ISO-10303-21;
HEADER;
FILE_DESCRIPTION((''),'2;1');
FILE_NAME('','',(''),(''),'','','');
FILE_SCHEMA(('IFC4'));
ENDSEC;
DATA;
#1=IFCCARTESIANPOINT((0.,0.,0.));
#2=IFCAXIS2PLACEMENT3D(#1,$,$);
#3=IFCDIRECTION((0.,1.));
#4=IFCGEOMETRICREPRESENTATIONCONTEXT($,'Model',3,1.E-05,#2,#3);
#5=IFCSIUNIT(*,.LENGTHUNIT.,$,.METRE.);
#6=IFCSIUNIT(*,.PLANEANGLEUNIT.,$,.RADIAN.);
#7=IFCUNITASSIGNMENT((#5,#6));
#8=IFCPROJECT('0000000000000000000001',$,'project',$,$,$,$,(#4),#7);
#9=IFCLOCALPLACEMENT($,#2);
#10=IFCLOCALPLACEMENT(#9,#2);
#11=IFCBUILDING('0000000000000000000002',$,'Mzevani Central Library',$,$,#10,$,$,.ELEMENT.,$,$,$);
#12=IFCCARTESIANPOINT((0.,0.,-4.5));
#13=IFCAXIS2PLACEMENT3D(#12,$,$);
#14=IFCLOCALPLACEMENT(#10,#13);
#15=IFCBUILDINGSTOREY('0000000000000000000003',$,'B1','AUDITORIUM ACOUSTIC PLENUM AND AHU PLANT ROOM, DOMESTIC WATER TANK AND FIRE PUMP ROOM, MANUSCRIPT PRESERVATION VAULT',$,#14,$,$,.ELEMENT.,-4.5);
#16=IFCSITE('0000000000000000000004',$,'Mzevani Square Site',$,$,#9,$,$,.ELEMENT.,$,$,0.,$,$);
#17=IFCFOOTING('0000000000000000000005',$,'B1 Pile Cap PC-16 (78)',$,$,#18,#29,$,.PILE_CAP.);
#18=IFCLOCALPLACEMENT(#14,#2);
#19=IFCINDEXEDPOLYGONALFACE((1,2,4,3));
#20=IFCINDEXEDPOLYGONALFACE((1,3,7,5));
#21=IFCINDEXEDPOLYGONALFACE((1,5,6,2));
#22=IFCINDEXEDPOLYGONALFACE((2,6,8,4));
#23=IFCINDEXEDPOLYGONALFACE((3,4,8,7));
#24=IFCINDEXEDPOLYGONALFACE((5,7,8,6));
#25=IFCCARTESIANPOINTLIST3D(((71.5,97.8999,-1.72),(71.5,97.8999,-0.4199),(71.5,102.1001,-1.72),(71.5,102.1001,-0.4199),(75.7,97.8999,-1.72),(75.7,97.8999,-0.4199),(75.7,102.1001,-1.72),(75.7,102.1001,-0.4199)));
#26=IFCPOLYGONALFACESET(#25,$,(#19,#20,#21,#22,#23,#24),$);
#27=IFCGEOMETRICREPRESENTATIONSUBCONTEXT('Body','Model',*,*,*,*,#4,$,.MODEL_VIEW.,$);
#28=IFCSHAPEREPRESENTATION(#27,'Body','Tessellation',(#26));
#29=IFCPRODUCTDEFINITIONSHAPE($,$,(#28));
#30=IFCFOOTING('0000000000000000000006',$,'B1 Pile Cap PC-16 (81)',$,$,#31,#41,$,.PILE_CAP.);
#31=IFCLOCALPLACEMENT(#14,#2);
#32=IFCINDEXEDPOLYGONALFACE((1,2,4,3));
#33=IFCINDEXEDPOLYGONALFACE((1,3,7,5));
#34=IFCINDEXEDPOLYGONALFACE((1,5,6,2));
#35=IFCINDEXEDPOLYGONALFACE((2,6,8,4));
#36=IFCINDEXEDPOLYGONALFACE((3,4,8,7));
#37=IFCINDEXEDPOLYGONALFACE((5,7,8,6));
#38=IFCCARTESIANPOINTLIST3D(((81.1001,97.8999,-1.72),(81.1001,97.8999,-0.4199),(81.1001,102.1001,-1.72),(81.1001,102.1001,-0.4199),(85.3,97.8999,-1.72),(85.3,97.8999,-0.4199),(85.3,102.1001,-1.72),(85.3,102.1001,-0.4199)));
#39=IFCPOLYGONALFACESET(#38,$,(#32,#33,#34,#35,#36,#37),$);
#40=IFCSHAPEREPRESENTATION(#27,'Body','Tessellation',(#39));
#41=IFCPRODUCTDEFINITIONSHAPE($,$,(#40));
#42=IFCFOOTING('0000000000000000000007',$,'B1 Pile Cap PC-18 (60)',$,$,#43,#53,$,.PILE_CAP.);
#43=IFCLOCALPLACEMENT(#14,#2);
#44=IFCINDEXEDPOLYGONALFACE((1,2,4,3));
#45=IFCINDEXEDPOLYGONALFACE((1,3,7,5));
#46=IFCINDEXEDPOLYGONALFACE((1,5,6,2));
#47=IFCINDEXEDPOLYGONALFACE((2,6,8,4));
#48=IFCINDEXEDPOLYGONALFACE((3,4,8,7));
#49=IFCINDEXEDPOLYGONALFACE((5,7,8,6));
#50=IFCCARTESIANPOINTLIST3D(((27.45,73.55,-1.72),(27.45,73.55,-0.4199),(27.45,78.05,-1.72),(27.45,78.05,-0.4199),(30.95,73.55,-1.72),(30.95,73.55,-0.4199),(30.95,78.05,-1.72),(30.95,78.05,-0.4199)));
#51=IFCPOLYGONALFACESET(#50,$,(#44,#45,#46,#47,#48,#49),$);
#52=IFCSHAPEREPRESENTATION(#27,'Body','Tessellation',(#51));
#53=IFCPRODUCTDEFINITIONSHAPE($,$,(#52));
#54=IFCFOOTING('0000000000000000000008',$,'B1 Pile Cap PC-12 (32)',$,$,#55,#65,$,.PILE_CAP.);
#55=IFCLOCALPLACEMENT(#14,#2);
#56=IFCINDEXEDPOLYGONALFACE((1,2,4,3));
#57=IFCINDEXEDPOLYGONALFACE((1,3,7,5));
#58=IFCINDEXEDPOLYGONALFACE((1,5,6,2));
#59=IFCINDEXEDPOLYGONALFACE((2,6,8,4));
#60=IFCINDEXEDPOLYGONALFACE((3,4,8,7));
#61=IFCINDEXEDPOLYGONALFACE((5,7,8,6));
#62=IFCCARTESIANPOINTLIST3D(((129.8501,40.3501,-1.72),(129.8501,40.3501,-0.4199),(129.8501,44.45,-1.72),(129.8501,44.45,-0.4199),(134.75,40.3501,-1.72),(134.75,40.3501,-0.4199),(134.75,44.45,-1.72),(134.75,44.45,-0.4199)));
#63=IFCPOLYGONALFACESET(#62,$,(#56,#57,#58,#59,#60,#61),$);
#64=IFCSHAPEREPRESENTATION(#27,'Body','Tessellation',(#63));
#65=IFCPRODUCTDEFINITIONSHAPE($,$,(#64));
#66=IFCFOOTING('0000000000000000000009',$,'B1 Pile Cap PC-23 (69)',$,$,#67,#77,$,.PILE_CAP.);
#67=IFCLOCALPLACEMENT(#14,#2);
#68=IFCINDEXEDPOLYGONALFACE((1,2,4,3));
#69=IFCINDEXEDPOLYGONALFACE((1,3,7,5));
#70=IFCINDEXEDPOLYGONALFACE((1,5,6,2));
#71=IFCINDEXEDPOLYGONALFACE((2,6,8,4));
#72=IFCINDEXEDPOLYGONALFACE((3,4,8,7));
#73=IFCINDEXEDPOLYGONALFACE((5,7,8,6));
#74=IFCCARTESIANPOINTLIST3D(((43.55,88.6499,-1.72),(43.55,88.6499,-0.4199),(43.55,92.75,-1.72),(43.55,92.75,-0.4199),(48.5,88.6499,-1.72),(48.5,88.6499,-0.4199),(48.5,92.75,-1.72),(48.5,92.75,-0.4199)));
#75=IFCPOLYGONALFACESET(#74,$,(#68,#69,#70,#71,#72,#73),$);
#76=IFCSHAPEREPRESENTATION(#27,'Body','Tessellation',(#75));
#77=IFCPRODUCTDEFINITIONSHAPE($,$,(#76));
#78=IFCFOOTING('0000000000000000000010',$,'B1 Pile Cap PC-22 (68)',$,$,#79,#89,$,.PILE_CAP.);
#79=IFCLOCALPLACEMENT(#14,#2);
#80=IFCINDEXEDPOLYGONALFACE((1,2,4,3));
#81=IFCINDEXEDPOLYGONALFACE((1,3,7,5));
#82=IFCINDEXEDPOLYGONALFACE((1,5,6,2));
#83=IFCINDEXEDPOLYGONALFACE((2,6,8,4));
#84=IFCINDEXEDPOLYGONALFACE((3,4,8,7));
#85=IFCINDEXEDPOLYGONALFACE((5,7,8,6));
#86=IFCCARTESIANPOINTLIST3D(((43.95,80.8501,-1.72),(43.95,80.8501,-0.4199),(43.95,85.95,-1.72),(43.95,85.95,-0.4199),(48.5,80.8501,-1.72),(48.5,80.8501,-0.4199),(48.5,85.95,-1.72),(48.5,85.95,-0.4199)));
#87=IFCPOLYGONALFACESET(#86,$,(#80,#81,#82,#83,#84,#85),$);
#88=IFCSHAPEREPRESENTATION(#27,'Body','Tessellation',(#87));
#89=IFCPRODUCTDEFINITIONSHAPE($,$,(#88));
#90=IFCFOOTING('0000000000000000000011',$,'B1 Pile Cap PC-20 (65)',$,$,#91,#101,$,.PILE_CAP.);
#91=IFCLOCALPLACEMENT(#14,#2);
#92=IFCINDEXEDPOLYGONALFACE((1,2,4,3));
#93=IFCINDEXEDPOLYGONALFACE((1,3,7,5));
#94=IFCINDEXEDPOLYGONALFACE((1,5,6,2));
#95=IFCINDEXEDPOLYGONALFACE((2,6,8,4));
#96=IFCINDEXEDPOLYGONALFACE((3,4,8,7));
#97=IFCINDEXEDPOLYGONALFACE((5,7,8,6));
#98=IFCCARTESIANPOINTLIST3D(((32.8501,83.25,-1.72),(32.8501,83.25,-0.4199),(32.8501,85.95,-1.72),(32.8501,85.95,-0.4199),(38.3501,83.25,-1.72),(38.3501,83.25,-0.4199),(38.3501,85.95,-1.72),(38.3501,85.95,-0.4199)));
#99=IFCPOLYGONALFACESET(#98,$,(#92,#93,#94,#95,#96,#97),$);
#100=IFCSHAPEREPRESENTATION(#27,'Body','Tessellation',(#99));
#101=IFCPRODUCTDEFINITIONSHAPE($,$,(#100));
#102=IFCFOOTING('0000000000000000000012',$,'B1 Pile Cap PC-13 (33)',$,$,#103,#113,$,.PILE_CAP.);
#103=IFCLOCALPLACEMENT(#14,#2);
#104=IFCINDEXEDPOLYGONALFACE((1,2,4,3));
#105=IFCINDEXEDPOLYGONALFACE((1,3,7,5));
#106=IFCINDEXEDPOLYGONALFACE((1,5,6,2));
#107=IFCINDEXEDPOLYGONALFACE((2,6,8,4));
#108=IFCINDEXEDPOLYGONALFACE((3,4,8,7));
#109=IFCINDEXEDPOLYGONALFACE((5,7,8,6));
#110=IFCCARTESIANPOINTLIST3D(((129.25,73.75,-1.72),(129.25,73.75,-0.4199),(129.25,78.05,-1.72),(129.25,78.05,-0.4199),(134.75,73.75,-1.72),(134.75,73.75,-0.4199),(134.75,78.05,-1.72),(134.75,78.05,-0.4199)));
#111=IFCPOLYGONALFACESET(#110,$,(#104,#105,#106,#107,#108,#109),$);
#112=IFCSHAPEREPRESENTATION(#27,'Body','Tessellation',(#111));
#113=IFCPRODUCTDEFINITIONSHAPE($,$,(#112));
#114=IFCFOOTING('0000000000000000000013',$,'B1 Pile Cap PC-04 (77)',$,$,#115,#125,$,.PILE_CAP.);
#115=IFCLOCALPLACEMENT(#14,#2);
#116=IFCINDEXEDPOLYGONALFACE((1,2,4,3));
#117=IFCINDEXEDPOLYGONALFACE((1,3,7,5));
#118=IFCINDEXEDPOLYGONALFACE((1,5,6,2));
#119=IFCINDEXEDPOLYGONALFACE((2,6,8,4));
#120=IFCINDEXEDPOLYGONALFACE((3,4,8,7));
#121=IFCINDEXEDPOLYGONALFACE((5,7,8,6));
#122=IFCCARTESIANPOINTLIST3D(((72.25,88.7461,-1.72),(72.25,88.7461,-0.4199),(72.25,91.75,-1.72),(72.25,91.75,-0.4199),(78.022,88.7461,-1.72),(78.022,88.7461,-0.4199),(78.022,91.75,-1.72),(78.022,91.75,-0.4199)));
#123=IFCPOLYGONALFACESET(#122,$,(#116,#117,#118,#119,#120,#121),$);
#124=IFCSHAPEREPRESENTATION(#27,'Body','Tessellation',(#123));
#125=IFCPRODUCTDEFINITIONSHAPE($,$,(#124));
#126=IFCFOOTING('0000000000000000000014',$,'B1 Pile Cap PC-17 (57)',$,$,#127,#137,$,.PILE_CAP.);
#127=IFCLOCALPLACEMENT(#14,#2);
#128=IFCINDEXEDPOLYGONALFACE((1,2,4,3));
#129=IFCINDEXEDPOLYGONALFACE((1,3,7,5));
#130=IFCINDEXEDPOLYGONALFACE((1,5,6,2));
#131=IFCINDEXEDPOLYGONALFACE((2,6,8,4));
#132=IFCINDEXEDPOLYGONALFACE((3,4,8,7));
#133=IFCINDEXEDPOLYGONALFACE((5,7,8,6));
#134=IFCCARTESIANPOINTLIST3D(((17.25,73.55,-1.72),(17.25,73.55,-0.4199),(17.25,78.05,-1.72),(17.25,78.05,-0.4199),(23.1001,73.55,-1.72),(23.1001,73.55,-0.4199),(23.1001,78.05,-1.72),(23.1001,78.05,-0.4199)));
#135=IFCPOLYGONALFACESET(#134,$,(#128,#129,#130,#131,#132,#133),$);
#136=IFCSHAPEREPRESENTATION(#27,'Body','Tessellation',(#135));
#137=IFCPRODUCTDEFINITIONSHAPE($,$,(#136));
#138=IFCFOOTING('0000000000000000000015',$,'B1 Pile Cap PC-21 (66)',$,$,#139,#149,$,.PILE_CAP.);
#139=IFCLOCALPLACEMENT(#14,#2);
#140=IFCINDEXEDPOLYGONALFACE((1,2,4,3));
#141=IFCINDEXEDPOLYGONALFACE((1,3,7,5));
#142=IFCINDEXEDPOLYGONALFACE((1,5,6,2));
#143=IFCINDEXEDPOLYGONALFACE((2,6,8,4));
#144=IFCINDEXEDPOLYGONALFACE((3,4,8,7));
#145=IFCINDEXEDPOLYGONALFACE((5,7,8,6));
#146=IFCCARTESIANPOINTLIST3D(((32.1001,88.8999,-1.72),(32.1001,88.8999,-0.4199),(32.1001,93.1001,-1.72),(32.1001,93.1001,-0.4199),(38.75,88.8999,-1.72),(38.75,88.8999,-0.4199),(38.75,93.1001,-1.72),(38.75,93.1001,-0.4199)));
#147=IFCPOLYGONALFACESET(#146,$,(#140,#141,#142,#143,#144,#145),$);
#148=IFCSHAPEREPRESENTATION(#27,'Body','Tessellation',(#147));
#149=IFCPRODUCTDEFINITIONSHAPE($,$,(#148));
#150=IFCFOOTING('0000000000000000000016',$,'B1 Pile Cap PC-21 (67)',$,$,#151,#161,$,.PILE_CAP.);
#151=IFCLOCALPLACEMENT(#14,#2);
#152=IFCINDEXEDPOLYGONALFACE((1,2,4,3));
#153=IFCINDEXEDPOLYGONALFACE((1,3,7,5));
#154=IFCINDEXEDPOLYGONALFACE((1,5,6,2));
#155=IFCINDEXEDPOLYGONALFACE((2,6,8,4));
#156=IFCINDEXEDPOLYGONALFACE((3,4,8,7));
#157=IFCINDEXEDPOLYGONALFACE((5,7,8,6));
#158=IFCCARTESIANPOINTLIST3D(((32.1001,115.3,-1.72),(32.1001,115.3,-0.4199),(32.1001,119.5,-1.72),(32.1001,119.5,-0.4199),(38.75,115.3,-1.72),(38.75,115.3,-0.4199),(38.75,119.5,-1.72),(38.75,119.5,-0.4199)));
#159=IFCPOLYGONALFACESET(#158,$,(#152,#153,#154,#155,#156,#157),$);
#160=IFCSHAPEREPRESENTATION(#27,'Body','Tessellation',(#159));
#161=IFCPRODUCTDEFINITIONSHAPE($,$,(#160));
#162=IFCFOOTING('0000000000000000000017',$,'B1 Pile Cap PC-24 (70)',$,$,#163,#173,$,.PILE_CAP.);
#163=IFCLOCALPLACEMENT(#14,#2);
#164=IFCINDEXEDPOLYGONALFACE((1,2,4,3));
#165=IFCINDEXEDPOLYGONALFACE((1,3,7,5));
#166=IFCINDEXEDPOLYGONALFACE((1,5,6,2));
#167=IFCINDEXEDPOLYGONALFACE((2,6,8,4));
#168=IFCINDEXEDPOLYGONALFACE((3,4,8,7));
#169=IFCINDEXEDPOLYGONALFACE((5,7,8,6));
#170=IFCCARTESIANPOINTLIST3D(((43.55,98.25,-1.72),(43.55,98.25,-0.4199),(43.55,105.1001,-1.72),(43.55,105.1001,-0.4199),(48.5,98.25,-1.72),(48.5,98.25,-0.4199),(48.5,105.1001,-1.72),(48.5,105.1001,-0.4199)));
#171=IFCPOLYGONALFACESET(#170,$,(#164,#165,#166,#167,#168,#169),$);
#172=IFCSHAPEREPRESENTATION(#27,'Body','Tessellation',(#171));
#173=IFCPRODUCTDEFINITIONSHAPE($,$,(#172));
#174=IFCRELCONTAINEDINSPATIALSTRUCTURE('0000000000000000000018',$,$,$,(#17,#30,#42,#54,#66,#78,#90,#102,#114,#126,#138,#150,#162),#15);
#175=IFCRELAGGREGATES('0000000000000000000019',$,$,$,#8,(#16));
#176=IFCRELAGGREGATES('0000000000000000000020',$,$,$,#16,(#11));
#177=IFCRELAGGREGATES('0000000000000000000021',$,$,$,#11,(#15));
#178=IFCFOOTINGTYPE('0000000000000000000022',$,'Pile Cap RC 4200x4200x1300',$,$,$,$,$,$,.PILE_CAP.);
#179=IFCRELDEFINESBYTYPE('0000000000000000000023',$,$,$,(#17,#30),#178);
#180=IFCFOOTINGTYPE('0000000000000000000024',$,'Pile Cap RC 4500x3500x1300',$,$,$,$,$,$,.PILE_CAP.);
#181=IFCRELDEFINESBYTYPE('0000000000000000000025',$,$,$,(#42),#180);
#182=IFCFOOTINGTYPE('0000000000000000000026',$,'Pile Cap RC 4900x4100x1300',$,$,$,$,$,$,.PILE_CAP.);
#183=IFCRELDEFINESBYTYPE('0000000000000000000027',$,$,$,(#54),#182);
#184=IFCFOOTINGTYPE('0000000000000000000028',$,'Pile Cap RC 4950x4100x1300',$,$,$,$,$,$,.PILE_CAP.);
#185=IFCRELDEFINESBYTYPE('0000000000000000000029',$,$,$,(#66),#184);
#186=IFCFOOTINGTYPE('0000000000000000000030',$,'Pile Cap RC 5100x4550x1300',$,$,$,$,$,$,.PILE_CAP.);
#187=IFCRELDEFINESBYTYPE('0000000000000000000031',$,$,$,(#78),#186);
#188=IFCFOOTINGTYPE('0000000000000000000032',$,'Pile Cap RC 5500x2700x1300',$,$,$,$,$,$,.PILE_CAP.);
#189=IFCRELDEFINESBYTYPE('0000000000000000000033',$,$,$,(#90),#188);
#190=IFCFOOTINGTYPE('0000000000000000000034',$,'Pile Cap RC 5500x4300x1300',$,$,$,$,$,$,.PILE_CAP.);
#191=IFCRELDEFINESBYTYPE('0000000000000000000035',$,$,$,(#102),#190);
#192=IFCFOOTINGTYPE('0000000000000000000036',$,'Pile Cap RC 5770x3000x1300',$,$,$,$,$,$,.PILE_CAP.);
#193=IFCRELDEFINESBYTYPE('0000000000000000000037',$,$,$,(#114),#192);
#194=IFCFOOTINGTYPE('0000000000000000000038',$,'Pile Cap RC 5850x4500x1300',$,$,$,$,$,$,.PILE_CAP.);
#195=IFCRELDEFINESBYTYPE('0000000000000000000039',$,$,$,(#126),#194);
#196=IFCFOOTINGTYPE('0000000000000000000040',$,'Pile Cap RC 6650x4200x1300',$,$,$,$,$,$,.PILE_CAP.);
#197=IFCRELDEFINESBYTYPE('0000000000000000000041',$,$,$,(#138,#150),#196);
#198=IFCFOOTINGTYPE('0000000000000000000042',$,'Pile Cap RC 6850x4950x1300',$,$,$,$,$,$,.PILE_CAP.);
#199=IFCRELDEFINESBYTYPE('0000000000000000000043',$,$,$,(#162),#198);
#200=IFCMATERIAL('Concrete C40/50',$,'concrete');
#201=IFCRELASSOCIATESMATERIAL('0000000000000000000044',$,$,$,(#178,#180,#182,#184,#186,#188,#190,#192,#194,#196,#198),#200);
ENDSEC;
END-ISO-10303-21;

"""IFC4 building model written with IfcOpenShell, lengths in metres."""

from ifc_helpers import new_model, si_unit, direction, frame, origin, place, context, subcontext, project, spatial, polyline, outline, extrude, material, type_object, element, save


model = new_model("IFC4")

# Units and contexts
model_context = context("Model", 3, precision=1e-05, world=origin(), true_north=direction((0.0, 1.0)))
body_context = subcontext(model_context, "Body", "Model", "MODEL_VIEW")
ifc_project = project(units=[si_unit("LENGTHUNIT", "METRE"), si_unit("PLANEANGLEUNIT", "RADIAN")], contexts=[model_context])

# Site, building, storey
site_placement = place(None, origin())
site = spatial("IfcSite", under=ifc_project, at=site_placement, Name="Mzevani Square Site", CompositionType="ELEMENT", RefElevation=0.0)
building_placement = place(site_placement, origin())
building = spatial("IfcBuilding", under=site, at=building_placement, Name="Mzevani Central Library", CompositionType="ELEMENT")
storey_placement = place(building_placement, frame((0.0, 0.0, -4.5)))
storey = spatial("IfcBuildingStorey", under=building, at=storey_placement, Name="B1", Description="AUDITORIUM ACOUSTIC PLENUM AND AHU PLANT ROOM, DOMESTIC WATER TANK AND FIRE PUMP ROOM, MANUSCRIPT PRESERVATION VAULT", CompositionType="ELEMENT", Elevation=-4.5)

# Footings
ifc_material = material(Name="Concrete C40/50", Category="concrete")
footing_type_1 = type_object("IfcFootingType", Name="Pile Cap RC 4200x4200x1300", PredefinedType="PILE_CAP", material=ifc_material)
footing_1_placement = place(storey_placement, frame((0.0, 0.0, -1.72)))
element("IfcFooting", 1, at=footing_1_placement, inside=storey, type_object=footing_type_1, Name="B1 Pile Cap PC-16 (78)", PredefinedType="PILE_CAP", context=body_context, shape_type="SweptSolid", body=[
    extrude(outline(polyline([(71.5, 97.8999), (75.7, 97.8999), (75.7, 102.1001), (71.5, 102.1001), (71.5, 97.8999)])), origin(), (0.0, 0.0, 1.0), 1.3),
])
footing_2_placement = place(storey_placement, frame((0.0, 0.0, -1.72)))
element("IfcFooting", 2, at=footing_2_placement, inside=storey, type_object=footing_type_1, Name="B1 Pile Cap PC-16 (81)", PredefinedType="PILE_CAP", context=body_context, shape_type="SweptSolid", body=[
    extrude(outline(polyline([(81.1001, 97.8999), (85.3, 97.8999), (85.3, 102.1001), (81.1001, 102.1001), (81.1001, 97.8999)])), origin(), (0.0, 0.0, 1.0), 1.3),
])
footing_type_2 = type_object("IfcFootingType", Name="Pile Cap RC 4500x3500x1300", PredefinedType="PILE_CAP", material=ifc_material)
footing_3_placement = place(storey_placement, frame((0.0, 0.0, -1.72)))
element("IfcFooting", 3, at=footing_3_placement, inside=storey, type_object=footing_type_2, Name="B1 Pile Cap PC-18 (60)", PredefinedType="PILE_CAP", context=body_context, shape_type="SweptSolid", body=[
    extrude(outline(polyline([(27.45, 73.55), (30.95, 73.55), (30.95, 78.05), (27.45, 78.05), (27.45, 73.55)])), origin(), (0.0, 0.0, 1.0), 1.3),
])
footing_type_3 = type_object("IfcFootingType", Name="Pile Cap RC 4900x4100x1300", PredefinedType="PILE_CAP", material=ifc_material)
footing_4_placement = place(storey_placement, frame((0.0, 0.0, -1.72)))
element("IfcFooting", 4, at=footing_4_placement, inside=storey, type_object=footing_type_3, Name="B1 Pile Cap PC-12 (32)", PredefinedType="PILE_CAP", context=body_context, shape_type="SweptSolid", body=[
    extrude(outline(polyline([(129.8501, 40.3501), (134.75, 40.3501), (134.75, 44.45), (129.8501, 44.45), (129.8501, 40.3501)])), origin(), (0.0, 0.0, 1.0), 1.3),
])
footing_type_4 = type_object("IfcFootingType", Name="Pile Cap RC 4950x4100x1300", PredefinedType="PILE_CAP", material=ifc_material)
footing_5_placement = place(storey_placement, frame((0.0, 0.0, -1.72)))
element("IfcFooting", 5, at=footing_5_placement, inside=storey, type_object=footing_type_4, Name="B1 Pile Cap PC-23 (69)", PredefinedType="PILE_CAP", context=body_context, shape_type="SweptSolid", body=[
    extrude(outline(polyline([(43.55, 88.6499), (48.5, 88.6499), (48.5, 92.75), (43.55, 92.75), (43.55, 88.6499)])), origin(), (0.0, 0.0, 1.0), 1.3),
])
footing_type_5 = type_object("IfcFootingType", Name="Pile Cap RC 5100x4550x1300", PredefinedType="PILE_CAP", material=ifc_material)
footing_6_placement = place(storey_placement, frame((0.0, 0.0, -1.72)))
element("IfcFooting", 6, at=footing_6_placement, inside=storey, type_object=footing_type_5, Name="B1 Pile Cap PC-22 (68)", PredefinedType="PILE_CAP", context=body_context, shape_type="SweptSolid", body=[
    extrude(outline(polyline([(43.95, 80.8501), (48.5, 80.8501), (48.5, 85.95), (43.95, 85.95), (43.95, 80.8501)])), origin(), (0.0, 0.0, 1.0), 1.3),
])
footing_type_6 = type_object("IfcFootingType", Name="Pile Cap RC 5500x2700x1300", PredefinedType="PILE_CAP", material=ifc_material)
footing_7_placement = place(storey_placement, frame((0.0, 0.0, -1.72)))
element("IfcFooting", 7, at=footing_7_placement, inside=storey, type_object=footing_type_6, Name="B1 Pile Cap PC-20 (65)", PredefinedType="PILE_CAP", context=body_context, shape_type="SweptSolid", body=[
    extrude(outline(polyline([(32.8501, 83.25), (38.3501, 83.25), (38.3501, 85.95), (32.8501, 85.95), (32.8501, 83.25)])), origin(), (0.0, 0.0, 1.0), 1.3),
])
footing_type_7 = type_object("IfcFootingType", Name="Pile Cap RC 5500x4300x1300", PredefinedType="PILE_CAP", material=ifc_material)
footing_8_placement = place(storey_placement, frame((0.0, 0.0, -1.72)))
element("IfcFooting", 8, at=footing_8_placement, inside=storey, type_object=footing_type_7, Name="B1 Pile Cap PC-13 (33)", PredefinedType="PILE_CAP", context=body_context, shape_type="SweptSolid", body=[
    extrude(outline(polyline([(129.25, 73.75), (134.75, 73.75), (134.75, 78.05), (129.25, 78.05), (129.25, 73.75)])), origin(), (0.0, 0.0, 1.0), 1.3),
])
footing_type_8 = type_object("IfcFootingType", Name="Pile Cap RC 5770x3000x1300", PredefinedType="PILE_CAP", material=ifc_material)
footing_9_placement = place(storey_placement, frame((0.0, 0.0, -1.72)))
element("IfcFooting", 9, at=footing_9_placement, inside=storey, type_object=footing_type_8, Name="B1 Pile Cap PC-04 (77)", PredefinedType="PILE_CAP", context=body_context, shape_type="SweptSolid", body=[
    extrude(outline(polyline([(72.25, 88.7461), (78.022, 88.7461), (78.022, 91.75), (72.25, 91.75), (72.25, 88.7461)])), origin(), (0.0, 0.0, 1.0), 1.3),
])
footing_type_9 = type_object("IfcFootingType", Name="Pile Cap RC 5850x4500x1300", PredefinedType="PILE_CAP", material=ifc_material)
footing_10_placement = place(storey_placement, frame((0.0, 0.0, -1.72)))
element("IfcFooting", 10, at=footing_10_placement, inside=storey, type_object=footing_type_9, Name="B1 Pile Cap PC-17 (57)", PredefinedType="PILE_CAP", context=body_context, shape_type="SweptSolid", body=[
    extrude(outline(polyline([(17.25, 73.55), (23.1001, 73.55), (23.1001, 78.05), (17.25, 78.05), (17.25, 73.55)])), origin(), (0.0, 0.0, 1.0), 1.3),
])
footing_type_10 = type_object("IfcFootingType", Name="Pile Cap RC 6650x4200x1300", PredefinedType="PILE_CAP", material=ifc_material)
footing_11_placement = place(storey_placement, frame((0.0, 0.0, -1.72)))
element("IfcFooting", 11, at=footing_11_placement, inside=storey, type_object=footing_type_10, Name="B1 Pile Cap PC-21 (66)", PredefinedType="PILE_CAP", context=body_context, shape_type="SweptSolid", body=[
    extrude(outline(polyline([(32.1001, 88.8999), (38.75, 88.8999), (38.75, 93.1001), (32.1001, 93.1001), (32.1001, 88.8999)])), origin(), (0.0, 0.0, 1.0), 1.3),
])
footing_12_placement = place(storey_placement, frame((0.0, 0.0, -1.72)))
element("IfcFooting", 12, at=footing_12_placement, inside=storey, type_object=footing_type_10, Name="B1 Pile Cap PC-21 (67)", PredefinedType="PILE_CAP", context=body_context, shape_type="SweptSolid", body=[
    extrude(outline(polyline([(32.1001, 115.3), (38.75, 115.3), (38.75, 119.5), (32.1001, 119.5), (32.1001, 115.3)])), origin(), (0.0, 0.0, 1.0), 1.3),
])
footing_type_11 = type_object("IfcFootingType", Name="Pile Cap RC 6850x4950x1300", PredefinedType="PILE_CAP", material=ifc_material)
footing_13_placement = place(storey_placement, frame((0.0, 0.0, -1.72)))
element("IfcFooting", 13, at=footing_13_placement, inside=storey, type_object=footing_type_11, Name="B1 Pile Cap PC-24 (70)", PredefinedType="PILE_CAP", context=body_context, shape_type="SweptSolid", body=[
    extrude(outline(polyline([(43.55, 98.25), (48.5, 98.25), (48.5, 105.1001), (43.55, 105.1001), (43.55, 98.25)])), origin(), (0.0, 0.0, 1.0), 1.3),
])

save(model, "model.ifc")
